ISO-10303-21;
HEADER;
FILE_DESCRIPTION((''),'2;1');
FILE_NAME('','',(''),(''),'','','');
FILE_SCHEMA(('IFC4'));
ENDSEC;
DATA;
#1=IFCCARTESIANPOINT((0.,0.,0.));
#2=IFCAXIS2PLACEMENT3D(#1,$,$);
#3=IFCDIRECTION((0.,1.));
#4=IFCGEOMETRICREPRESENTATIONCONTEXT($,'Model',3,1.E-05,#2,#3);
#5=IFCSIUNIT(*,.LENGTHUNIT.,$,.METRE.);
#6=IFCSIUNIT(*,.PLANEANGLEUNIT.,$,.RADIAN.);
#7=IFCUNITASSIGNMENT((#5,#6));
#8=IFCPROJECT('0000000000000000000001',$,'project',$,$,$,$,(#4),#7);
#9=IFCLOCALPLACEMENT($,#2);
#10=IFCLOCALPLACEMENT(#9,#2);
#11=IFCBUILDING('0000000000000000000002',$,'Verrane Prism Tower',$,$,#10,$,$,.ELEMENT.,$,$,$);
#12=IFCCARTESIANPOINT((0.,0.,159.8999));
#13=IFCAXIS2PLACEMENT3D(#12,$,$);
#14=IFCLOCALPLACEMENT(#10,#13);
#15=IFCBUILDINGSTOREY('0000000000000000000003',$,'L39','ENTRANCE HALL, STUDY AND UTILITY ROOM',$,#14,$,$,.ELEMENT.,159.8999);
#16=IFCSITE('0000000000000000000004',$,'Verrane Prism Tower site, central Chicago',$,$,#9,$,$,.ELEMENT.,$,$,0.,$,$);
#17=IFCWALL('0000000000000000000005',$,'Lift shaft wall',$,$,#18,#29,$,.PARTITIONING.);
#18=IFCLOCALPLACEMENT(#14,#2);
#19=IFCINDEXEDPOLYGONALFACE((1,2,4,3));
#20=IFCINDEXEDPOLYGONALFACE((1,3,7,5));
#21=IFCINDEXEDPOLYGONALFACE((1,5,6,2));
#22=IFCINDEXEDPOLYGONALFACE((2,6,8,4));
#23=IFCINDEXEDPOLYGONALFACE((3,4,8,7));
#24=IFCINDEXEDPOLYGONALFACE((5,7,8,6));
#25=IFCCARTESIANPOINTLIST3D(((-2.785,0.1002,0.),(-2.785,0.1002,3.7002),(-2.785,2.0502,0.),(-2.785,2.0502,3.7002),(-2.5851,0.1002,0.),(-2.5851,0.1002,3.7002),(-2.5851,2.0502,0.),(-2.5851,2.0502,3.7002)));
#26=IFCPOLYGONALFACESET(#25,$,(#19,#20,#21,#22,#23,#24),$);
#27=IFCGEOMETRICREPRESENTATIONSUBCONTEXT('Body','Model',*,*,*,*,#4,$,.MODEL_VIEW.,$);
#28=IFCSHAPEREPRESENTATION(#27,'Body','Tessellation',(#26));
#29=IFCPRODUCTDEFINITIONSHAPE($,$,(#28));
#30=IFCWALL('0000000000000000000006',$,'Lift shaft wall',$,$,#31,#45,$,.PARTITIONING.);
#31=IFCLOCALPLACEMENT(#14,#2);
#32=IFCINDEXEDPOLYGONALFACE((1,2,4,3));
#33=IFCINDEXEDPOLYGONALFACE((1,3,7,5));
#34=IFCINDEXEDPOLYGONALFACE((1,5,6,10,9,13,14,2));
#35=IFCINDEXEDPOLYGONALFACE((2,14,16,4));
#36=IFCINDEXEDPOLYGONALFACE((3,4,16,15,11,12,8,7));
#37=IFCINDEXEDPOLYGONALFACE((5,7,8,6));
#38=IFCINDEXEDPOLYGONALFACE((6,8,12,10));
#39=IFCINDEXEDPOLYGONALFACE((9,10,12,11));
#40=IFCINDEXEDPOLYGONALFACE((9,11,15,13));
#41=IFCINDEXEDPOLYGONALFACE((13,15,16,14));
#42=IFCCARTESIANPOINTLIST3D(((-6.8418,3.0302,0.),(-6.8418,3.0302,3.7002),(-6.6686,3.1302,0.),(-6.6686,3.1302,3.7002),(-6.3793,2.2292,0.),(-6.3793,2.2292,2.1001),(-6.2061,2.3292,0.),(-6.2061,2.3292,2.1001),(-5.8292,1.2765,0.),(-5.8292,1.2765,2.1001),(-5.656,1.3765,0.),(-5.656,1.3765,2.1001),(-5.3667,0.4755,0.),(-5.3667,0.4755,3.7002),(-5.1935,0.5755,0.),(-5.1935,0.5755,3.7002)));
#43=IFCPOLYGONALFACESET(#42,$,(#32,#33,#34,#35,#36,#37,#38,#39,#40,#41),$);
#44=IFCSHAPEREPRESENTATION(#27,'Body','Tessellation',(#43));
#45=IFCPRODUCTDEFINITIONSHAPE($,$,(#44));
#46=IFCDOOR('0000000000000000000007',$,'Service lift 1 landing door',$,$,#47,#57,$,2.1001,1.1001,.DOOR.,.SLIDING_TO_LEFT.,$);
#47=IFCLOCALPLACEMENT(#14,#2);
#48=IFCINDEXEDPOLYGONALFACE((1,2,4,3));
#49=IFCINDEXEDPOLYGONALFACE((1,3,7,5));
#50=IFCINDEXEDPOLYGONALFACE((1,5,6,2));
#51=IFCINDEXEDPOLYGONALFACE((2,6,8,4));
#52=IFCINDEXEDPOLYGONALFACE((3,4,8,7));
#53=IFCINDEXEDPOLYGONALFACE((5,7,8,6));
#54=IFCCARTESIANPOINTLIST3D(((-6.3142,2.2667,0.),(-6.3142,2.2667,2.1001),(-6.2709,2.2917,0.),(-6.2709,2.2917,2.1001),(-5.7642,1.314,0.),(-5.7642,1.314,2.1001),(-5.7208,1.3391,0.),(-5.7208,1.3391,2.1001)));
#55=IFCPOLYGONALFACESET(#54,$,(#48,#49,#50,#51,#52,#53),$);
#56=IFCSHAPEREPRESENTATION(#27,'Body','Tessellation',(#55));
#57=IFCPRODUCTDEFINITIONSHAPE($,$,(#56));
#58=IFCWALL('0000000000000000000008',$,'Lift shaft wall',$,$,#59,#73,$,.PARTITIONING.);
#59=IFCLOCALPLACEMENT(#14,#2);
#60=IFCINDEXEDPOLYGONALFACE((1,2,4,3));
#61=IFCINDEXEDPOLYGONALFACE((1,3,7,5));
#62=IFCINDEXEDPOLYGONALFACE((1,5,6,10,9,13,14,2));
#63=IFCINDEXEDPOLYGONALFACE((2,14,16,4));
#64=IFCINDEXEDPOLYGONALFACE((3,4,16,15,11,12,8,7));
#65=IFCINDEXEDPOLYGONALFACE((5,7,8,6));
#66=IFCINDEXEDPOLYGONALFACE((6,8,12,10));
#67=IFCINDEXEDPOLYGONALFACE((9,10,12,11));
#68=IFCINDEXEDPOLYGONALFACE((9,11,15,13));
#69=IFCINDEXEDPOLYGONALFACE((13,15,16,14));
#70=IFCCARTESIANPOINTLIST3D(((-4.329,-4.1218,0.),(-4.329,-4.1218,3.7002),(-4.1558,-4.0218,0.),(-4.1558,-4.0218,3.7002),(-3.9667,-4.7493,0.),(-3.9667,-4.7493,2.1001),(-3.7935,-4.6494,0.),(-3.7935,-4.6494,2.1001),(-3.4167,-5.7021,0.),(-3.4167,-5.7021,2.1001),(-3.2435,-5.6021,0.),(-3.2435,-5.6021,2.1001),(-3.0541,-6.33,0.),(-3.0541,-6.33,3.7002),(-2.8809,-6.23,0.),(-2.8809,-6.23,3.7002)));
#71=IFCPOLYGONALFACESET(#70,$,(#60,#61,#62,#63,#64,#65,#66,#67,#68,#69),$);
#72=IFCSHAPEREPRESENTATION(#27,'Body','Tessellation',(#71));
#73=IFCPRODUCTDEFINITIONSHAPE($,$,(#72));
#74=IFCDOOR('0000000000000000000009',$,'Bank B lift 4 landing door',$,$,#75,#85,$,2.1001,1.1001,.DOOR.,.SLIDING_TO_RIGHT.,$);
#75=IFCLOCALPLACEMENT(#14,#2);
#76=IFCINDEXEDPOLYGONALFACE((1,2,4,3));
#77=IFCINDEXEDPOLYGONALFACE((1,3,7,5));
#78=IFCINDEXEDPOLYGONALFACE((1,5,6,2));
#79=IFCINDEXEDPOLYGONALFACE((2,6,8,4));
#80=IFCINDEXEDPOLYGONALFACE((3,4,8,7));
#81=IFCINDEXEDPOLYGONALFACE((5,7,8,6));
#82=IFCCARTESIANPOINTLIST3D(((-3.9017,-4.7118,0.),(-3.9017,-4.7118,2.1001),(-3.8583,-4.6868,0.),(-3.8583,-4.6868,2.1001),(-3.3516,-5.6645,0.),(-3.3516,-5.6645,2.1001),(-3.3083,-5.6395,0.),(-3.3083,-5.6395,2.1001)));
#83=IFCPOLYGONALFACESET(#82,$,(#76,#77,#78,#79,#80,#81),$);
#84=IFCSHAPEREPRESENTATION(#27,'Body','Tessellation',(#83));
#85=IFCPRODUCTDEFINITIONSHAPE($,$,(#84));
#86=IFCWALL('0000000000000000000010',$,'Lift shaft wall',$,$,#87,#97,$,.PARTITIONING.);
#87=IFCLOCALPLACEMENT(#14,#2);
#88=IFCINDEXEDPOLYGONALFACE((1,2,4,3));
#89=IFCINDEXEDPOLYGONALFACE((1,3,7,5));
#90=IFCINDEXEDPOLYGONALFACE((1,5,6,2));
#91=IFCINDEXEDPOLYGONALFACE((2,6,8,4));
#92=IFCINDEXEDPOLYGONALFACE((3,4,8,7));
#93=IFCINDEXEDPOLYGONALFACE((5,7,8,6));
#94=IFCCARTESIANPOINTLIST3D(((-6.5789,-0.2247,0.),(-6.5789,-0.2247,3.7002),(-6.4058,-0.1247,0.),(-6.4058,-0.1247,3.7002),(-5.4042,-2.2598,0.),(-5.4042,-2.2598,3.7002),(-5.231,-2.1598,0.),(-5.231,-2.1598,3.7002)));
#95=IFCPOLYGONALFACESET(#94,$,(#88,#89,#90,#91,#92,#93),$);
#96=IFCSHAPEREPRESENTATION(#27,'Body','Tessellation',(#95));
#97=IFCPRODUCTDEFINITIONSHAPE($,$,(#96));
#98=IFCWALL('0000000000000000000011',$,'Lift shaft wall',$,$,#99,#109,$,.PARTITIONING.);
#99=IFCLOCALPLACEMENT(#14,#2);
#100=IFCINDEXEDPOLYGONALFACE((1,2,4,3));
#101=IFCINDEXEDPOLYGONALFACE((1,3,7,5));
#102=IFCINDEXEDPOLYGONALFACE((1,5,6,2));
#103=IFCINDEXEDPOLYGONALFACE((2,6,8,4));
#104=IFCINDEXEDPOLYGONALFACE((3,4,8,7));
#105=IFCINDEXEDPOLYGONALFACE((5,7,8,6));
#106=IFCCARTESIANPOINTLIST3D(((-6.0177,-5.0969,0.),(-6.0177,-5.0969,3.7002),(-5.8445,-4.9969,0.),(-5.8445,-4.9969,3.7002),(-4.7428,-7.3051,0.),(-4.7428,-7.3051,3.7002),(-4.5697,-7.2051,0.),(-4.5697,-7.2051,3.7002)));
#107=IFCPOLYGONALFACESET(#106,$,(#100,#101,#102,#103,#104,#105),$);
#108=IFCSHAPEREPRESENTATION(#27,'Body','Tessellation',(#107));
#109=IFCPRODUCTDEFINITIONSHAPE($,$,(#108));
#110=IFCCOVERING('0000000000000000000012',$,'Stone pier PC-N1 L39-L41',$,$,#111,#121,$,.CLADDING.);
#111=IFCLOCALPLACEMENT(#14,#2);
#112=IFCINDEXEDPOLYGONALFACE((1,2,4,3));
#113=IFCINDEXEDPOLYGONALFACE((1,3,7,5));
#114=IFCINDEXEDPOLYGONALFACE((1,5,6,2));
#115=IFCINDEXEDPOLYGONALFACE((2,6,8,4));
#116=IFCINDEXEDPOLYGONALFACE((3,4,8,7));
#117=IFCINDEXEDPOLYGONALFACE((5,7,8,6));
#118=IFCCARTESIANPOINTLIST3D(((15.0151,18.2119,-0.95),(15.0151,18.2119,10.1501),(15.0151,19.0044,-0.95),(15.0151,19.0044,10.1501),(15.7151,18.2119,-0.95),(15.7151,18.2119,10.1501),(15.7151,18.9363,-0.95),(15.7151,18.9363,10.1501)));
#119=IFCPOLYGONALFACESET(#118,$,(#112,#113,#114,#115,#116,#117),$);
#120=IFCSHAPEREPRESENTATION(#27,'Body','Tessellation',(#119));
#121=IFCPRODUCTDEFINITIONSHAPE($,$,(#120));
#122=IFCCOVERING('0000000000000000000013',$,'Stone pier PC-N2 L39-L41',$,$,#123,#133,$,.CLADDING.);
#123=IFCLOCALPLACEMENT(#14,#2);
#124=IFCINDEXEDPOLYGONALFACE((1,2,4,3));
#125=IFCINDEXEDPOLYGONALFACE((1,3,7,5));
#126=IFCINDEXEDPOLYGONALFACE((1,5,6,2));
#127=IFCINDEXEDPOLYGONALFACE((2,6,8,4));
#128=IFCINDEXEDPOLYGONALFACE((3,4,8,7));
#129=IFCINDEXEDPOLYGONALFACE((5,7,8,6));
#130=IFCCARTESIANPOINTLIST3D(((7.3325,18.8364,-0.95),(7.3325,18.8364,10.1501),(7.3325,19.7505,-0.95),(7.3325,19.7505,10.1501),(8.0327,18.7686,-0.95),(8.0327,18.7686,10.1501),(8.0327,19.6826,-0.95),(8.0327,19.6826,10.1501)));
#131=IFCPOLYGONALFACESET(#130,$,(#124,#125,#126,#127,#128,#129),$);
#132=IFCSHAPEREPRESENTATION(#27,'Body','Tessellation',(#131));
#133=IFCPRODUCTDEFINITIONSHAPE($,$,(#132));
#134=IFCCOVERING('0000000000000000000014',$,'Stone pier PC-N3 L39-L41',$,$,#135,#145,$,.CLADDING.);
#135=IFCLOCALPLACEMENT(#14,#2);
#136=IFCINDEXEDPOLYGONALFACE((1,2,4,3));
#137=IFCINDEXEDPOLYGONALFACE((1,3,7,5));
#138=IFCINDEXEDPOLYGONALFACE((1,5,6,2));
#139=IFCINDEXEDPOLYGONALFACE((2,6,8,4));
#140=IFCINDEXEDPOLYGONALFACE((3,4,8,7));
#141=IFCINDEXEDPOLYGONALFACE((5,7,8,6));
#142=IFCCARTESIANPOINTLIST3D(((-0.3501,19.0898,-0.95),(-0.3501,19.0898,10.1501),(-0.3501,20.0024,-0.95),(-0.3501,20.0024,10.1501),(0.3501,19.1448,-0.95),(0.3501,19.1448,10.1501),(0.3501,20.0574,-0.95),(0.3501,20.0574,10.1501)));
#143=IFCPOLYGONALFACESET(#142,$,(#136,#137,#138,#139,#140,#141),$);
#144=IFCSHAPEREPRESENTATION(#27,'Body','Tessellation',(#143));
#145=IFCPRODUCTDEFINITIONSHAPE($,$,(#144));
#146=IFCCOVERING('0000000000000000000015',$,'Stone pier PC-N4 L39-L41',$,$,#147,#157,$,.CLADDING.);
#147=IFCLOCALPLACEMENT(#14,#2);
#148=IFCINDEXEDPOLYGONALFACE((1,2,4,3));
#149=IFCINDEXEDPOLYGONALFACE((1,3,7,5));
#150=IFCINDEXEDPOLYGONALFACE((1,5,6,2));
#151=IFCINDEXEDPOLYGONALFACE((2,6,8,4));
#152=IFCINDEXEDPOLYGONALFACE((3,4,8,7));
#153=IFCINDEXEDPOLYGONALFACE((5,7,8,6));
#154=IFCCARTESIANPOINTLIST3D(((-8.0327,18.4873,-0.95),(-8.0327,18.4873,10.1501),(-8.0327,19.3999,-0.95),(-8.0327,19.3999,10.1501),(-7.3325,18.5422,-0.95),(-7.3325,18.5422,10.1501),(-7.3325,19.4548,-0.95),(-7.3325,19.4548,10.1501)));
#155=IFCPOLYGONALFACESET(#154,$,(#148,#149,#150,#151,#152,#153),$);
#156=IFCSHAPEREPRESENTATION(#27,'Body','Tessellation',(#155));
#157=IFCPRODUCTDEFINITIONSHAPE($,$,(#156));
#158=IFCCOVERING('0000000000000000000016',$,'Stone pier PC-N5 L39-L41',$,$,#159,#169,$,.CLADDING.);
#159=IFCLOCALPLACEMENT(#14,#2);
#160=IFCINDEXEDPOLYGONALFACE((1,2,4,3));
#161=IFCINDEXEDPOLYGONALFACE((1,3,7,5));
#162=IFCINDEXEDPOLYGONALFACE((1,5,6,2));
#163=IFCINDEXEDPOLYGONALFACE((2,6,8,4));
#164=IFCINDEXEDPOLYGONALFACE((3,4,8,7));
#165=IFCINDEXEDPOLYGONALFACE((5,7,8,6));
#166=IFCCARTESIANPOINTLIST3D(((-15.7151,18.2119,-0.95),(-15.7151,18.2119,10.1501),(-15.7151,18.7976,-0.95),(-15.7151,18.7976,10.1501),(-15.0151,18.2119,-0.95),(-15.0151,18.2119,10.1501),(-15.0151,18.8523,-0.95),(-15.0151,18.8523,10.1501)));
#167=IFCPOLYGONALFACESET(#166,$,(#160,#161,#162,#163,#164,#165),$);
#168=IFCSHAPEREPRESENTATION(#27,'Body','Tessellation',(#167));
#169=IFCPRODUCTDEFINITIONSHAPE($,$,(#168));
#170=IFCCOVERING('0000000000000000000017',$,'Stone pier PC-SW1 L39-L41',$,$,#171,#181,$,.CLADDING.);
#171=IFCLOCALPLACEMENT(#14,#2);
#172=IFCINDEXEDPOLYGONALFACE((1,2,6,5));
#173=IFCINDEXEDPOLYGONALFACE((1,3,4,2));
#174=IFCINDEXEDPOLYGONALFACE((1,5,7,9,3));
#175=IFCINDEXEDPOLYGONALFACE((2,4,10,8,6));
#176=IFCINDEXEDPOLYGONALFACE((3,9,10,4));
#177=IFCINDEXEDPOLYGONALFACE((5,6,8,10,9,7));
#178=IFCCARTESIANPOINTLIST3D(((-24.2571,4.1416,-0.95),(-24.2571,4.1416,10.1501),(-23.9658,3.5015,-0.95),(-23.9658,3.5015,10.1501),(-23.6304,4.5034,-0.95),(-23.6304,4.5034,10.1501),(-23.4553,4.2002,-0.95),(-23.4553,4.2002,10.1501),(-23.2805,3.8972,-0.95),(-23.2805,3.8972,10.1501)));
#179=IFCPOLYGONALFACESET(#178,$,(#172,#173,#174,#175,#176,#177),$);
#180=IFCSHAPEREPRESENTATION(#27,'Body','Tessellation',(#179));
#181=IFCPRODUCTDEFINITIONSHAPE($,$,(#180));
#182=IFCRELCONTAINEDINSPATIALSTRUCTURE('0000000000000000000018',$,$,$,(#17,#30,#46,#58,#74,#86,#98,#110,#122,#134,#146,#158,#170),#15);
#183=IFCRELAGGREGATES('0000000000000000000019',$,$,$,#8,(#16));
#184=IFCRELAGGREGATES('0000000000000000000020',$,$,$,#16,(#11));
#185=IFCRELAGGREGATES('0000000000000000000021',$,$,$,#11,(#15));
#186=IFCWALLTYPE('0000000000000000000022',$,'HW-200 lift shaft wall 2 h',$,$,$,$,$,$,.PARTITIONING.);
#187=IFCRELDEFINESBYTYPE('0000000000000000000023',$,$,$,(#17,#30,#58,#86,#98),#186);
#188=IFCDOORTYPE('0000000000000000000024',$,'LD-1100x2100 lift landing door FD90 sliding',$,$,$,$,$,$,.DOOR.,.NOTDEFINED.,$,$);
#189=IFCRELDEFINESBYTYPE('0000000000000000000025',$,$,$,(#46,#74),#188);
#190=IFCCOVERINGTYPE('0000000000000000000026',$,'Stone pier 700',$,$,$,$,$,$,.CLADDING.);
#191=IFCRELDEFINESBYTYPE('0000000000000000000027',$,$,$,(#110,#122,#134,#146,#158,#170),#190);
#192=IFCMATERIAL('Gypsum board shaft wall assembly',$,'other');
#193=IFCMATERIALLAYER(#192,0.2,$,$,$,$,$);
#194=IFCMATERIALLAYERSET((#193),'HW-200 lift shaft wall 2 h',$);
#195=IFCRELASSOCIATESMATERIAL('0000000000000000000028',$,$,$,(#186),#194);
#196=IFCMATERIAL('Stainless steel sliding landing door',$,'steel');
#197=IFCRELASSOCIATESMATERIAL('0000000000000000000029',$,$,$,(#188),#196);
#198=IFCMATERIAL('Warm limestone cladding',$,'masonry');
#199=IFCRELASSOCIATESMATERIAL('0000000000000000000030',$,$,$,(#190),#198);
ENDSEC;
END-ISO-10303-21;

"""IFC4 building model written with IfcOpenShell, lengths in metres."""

from ifc_helpers import new_model, si_unit, direction, frame, frame_2d, origin, place, context, subcontext, project, spatial, polyline, rectangle, outline, extrude, material, layer, layer_set, type_object, element, fill, save


model = new_model("IFC4")

# Units and contexts
model_context = context("Model", 3, precision=1e-05, world=origin(), true_north=direction((0.0, 1.0)))
body_context = subcontext(model_context, "Body", "Model", "MODEL_VIEW")
ifc_project = project(units=[si_unit("LENGTHUNIT", "METRE"), si_unit("PLANEANGLEUNIT", "RADIAN")], contexts=[model_context])

# Site, building, storey
site_placement = place(None, origin())
site = spatial("IfcSite", under=ifc_project, at=site_placement, Name="Verrane Prism Tower site, central Chicago", CompositionType="ELEMENT", RefElevation=0.0)
building_placement = place(site_placement, origin())
building = spatial("IfcBuilding", under=site, at=building_placement, Name="Verrane Prism Tower", CompositionType="ELEMENT")
storey_placement = place(building_placement, frame((0.0, 0.0, 159.8999)))
storey = spatial("IfcBuildingStorey", under=building, at=storey_placement, Name="L39", Description="ENTRANCE HALL, STUDY AND UTILITY ROOM", CompositionType="ELEMENT", Elevation=159.8999)

# Shared definitions
ifc_material_1 = material(Name="Gypsum board shaft wall assembly", Category="other")
ifc_layer_1 = layer(ifc_material_1, 0.2)
ifc_layer_set_1 = layer_set([ifc_layer_1], Name="HW-200 lift shaft wall 2 h")
wall_type_1 = type_object("IfcWallType", Name="HW-200 lift shaft wall 2 h", PredefinedType="PARTITIONING", material=ifc_layer_set_1)
ifc_material_2 = material(Name="Stainless steel sliding landing door", Category="steel")
door_type = type_object("IfcDoorType", Name="LD-1100x2100 lift landing door FD90 sliding", OperationType="NOTDEFINED", PredefinedType="DOOR", material=ifc_material_2)

# Wall
wall_1_placement = place(storey_placement, frame((-2.6851, 0.1001, 0.0), z_axis=(0.0, 0.0, 1.0), x_axis=(0.0, 1.0, 0.0)))
element("IfcWall", 1, at=wall_1_placement, inside=storey, type_object=wall_type_1, Name="Lift shaft wall", PredefinedType="PARTITIONING", context=body_context, shape_type="SweptSolid", body=[
    extrude(rectangle(XDim=1.95, YDim=0.2, at=frame_2d((0.9751, 0.0))), origin(), (0.0, 0.0, 1.0), 3.7002),
])

# Walls, openings, doors
wall_2_placement = place(storey_placement, frame((-5.28, 0.5254, 0.0), z_axis=(0.0, 0.0, 1.0), x_axis=(-0.500038, 0.866004, 0.0)))
wall_2 = element("IfcWall", 2, at=wall_2_placement, inside=storey, type_object=wall_type_1, Name="Lift shaft wall", PredefinedType="PARTITIONING", context=body_context, shape_type="SweptSolid", body=[
    extrude(rectangle(XDim=2.95, YDim=0.2, at=frame_2d((1.4751, 0.0))), origin(), (0.0, 0.0, 1.0), 3.7002),
])
opening_1_placement = place(wall_2_placement, frame((0.925, 0.0, 0.0)))
opening_1 = element("IfcOpeningElement", 3, at=opening_1_placement, cuts=wall_2, PredefinedType="OPENING", context=body_context, shape_type="SweptSolid", body=[
    extrude(rectangle(XDim=1.1001, YDim=2.1001, at=frame_2d((0.55, 1.05))), frame((0.0, 0.1099, 0.0), z_axis=(0.0, -1.0, 0.0), x_axis=(1.0, 0.0, 0.0)), (0.0, 0.0, 1.0), 0.22),
])
door_1_placement = place(opening_1_placement, origin())
door_1 = element("IfcDoor", 4, at=door_1_placement, inside=storey, type_object=door_type, Name="Service lift 1 landing door", OperationType="SLIDING_TO_LEFT", OverallHeight=2.1001, OverallWidth=1.1001, PredefinedType="DOOR", context=body_context, shape_type="SweptSolid", body=[
    extrude(rectangle(XDim=1.1001, YDim=2.1001, at=frame_2d((0.55, 1.05))), frame((0.0, 0.0249, 0.0), z_axis=(0.0, -1.0, 0.0), x_axis=(1.0, 0.0, 0.0)), (0.0, 0.0, 1.0), 0.05),
])
fill(opening_1, door_1)
wall_3_placement = place(storey_placement, frame((-2.9675, -6.28, 0.0), z_axis=(0.0, 0.0, 1.0), x_axis=(-0.49999, 0.866031, 0.0)))
wall_3 = element("IfcWall", 5, at=wall_3_placement, inside=storey, type_object=wall_type_1, Name="Lift shaft wall", PredefinedType="PARTITIONING", context=body_context, shape_type="SweptSolid", body=[
    extrude(rectangle(XDim=2.5498, YDim=0.2, at=frame_2d((1.2749, 0.0))), origin(), (0.0, 0.0, 1.0), 3.7002),
])
opening_2_placement = place(wall_3_placement, frame((0.7251, 0.0, 0.0)))
opening_2 = element("IfcOpeningElement", 6, at=opening_2_placement, cuts=wall_3, PredefinedType="OPENING", context=body_context, shape_type="SweptSolid", body=[
    extrude(rectangle(XDim=1.1001, YDim=2.1001, at=frame_2d((0.55, 1.05))), frame((0.0, 0.1099, 0.0), z_axis=(0.0, -1.0, 0.0), x_axis=(1.0, 0.0, 0.0)), (0.0, 0.0, 1.0), 0.22),
])
door_2_placement = place(opening_2_placement, origin())
door_2 = element("IfcDoor", 7, at=door_2_placement, inside=storey, type_object=door_type, Name="Bank B lift 4 landing door", OperationType="SLIDING_TO_RIGHT", OverallHeight=2.1001, OverallWidth=1.1001, PredefinedType="DOOR", context=body_context, shape_type="SweptSolid", body=[
    extrude(rectangle(XDim=1.1001, YDim=2.1001, at=frame_2d((0.55, 1.05))), frame((0.0, 0.0249, 0.0), z_axis=(0.0, -1.0, 0.0), x_axis=(1.0, 0.0, 0.0)), (0.0, 0.0, 1.0), 0.05),
])
fill(opening_2, door_2)

# Walls
wall_4_placement = place(storey_placement, frame((-5.3176, -2.2097, 0.0), z_axis=(0.0, 0.0, 1.0), x_axis=(-0.499938, 0.866061, 0.0)))
element("IfcWall", 8, at=wall_4_placement, inside=storey, type_object=wall_type_1, Name="Lift shaft wall", PredefinedType="PARTITIONING", context=body_context, shape_type="SweptSolid", body=[
    extrude(rectangle(XDim=2.3499, YDim=0.2, at=frame_2d((1.1748, 0.0))), origin(), (0.0, 0.0, 1.0), 3.7002),
])
wall_5_placement = place(storey_placement, frame((-4.6562, -7.2551, 0.0), z_axis=(0.0, 0.0, 1.0), x_axis=(-0.49999, 0.866031, 0.0)))
element("IfcWall", 9, at=wall_5_placement, inside=storey, type_object=wall_type_1, Name="Lift shaft wall", PredefinedType="PARTITIONING", context=body_context, shape_type="SweptSolid", body=[
    extrude(rectangle(XDim=2.5498, YDim=0.2, at=frame_2d((1.2749, 0.0))), origin(), (0.0, 0.0, 1.0), 3.7002),
])

# Coverings
ifc_material_3 = material(Name="Warm limestone cladding", Category="masonry")
covering_type = type_object("IfcCoveringType", Name="Stone pier 700", PredefinedType="CLADDING", material=ifc_material_3)
covering_1_placement = place(storey_placement, frame((0.0, 0.0, -0.95)))
element("IfcCovering", 10, at=covering_1_placement, inside=storey, type_object=covering_type, Name="Stone pier PC-N1 L39-L41", PredefinedType="CLADDING", context=body_context, shape_type="SweptSolid", body=[
    extrude(outline(polyline([(15.0151, 18.2119), (15.7151, 18.2119), (15.7151, 18.9363), (15.0151, 19.0044), (15.0151, 18.2119)])), origin(), (0.0, 0.0, 1.0), 11.1001),
])
covering_2_placement = place(storey_placement, frame((0.0, 0.0, -0.95)))
element("IfcCovering", 11, at=covering_2_placement, inside=storey, type_object=covering_type, Name="Stone pier PC-N2 L39-L41", PredefinedType="CLADDING", context=body_context, shape_type="SweptSolid", body=[
    extrude(outline(polyline([(7.3325, 19.7505), (7.3325, 18.8364), (8.0327, 18.7686), (8.0327, 19.6826), (7.3325, 19.7505)])), origin(), (0.0, 0.0, 1.0), 11.1001),
])
covering_3_placement = place(storey_placement, frame((0.0, 0.0, -0.95)))
element("IfcCovering", 12, at=covering_3_placement, inside=storey, type_object=covering_type, Name="Stone pier PC-N3 L39-L41", PredefinedType="CLADDING", context=body_context, shape_type="SweptSolid", body=[
    extrude(outline(polyline([(-0.3501, 20.0024), (-0.3501, 19.0898), (0.3501, 19.1448), (0.3501, 20.0574), (-0.3501, 20.0024)])), origin(), (0.0, 0.0, 1.0), 11.1001),
])
covering_4_placement = place(storey_placement, frame((0.0, 0.0, -0.95)))
element("IfcCovering", 13, at=covering_4_placement, inside=storey, type_object=covering_type, Name="Stone pier PC-N4 L39-L41", PredefinedType="CLADDING", context=body_context, shape_type="SweptSolid", body=[
    extrude(outline(polyline([(-8.0327, 19.3999), (-8.0327, 18.4873), (-7.3325, 18.5422), (-7.3325, 19.4548), (-8.0327, 19.3999)])), origin(), (0.0, 0.0, 1.0), 11.1001),
])
covering_5_placement = place(storey_placement, frame((0.0, 0.0, -0.95)))
element("IfcCovering", 14, at=covering_5_placement, inside=storey, type_object=covering_type, Name="Stone pier PC-N5 L39-L41", PredefinedType="CLADDING", context=body_context, shape_type="SweptSolid", body=[
    extrude(outline(polyline([(-15.7151, 18.2119), (-15.0151, 18.2119), (-15.0151, 18.8523), (-15.7151, 18.7976), (-15.7151, 18.2119)])), origin(), (0.0, 0.0, 1.0), 11.1001),
])
covering_6_placement = place(storey_placement, frame((0.0, 0.0, -0.95)))
element("IfcCovering", 15, at=covering_6_placement, inside=storey, type_object=covering_type, Name="Stone pier PC-SW1 L39-L41", PredefinedType="CLADDING", context=body_context, shape_type="SweptSolid", body=[
    extrude(outline(polyline([(-23.2805, 3.8972), (-23.4553, 4.2002), (-23.6304, 4.5034), (-24.2571, 4.1416), (-23.9658, 3.5015), (-23.2805, 3.8972)])), origin(), (0.0, 0.0, 1.0), 11.1001),
])

save(model, "model.ifc")
